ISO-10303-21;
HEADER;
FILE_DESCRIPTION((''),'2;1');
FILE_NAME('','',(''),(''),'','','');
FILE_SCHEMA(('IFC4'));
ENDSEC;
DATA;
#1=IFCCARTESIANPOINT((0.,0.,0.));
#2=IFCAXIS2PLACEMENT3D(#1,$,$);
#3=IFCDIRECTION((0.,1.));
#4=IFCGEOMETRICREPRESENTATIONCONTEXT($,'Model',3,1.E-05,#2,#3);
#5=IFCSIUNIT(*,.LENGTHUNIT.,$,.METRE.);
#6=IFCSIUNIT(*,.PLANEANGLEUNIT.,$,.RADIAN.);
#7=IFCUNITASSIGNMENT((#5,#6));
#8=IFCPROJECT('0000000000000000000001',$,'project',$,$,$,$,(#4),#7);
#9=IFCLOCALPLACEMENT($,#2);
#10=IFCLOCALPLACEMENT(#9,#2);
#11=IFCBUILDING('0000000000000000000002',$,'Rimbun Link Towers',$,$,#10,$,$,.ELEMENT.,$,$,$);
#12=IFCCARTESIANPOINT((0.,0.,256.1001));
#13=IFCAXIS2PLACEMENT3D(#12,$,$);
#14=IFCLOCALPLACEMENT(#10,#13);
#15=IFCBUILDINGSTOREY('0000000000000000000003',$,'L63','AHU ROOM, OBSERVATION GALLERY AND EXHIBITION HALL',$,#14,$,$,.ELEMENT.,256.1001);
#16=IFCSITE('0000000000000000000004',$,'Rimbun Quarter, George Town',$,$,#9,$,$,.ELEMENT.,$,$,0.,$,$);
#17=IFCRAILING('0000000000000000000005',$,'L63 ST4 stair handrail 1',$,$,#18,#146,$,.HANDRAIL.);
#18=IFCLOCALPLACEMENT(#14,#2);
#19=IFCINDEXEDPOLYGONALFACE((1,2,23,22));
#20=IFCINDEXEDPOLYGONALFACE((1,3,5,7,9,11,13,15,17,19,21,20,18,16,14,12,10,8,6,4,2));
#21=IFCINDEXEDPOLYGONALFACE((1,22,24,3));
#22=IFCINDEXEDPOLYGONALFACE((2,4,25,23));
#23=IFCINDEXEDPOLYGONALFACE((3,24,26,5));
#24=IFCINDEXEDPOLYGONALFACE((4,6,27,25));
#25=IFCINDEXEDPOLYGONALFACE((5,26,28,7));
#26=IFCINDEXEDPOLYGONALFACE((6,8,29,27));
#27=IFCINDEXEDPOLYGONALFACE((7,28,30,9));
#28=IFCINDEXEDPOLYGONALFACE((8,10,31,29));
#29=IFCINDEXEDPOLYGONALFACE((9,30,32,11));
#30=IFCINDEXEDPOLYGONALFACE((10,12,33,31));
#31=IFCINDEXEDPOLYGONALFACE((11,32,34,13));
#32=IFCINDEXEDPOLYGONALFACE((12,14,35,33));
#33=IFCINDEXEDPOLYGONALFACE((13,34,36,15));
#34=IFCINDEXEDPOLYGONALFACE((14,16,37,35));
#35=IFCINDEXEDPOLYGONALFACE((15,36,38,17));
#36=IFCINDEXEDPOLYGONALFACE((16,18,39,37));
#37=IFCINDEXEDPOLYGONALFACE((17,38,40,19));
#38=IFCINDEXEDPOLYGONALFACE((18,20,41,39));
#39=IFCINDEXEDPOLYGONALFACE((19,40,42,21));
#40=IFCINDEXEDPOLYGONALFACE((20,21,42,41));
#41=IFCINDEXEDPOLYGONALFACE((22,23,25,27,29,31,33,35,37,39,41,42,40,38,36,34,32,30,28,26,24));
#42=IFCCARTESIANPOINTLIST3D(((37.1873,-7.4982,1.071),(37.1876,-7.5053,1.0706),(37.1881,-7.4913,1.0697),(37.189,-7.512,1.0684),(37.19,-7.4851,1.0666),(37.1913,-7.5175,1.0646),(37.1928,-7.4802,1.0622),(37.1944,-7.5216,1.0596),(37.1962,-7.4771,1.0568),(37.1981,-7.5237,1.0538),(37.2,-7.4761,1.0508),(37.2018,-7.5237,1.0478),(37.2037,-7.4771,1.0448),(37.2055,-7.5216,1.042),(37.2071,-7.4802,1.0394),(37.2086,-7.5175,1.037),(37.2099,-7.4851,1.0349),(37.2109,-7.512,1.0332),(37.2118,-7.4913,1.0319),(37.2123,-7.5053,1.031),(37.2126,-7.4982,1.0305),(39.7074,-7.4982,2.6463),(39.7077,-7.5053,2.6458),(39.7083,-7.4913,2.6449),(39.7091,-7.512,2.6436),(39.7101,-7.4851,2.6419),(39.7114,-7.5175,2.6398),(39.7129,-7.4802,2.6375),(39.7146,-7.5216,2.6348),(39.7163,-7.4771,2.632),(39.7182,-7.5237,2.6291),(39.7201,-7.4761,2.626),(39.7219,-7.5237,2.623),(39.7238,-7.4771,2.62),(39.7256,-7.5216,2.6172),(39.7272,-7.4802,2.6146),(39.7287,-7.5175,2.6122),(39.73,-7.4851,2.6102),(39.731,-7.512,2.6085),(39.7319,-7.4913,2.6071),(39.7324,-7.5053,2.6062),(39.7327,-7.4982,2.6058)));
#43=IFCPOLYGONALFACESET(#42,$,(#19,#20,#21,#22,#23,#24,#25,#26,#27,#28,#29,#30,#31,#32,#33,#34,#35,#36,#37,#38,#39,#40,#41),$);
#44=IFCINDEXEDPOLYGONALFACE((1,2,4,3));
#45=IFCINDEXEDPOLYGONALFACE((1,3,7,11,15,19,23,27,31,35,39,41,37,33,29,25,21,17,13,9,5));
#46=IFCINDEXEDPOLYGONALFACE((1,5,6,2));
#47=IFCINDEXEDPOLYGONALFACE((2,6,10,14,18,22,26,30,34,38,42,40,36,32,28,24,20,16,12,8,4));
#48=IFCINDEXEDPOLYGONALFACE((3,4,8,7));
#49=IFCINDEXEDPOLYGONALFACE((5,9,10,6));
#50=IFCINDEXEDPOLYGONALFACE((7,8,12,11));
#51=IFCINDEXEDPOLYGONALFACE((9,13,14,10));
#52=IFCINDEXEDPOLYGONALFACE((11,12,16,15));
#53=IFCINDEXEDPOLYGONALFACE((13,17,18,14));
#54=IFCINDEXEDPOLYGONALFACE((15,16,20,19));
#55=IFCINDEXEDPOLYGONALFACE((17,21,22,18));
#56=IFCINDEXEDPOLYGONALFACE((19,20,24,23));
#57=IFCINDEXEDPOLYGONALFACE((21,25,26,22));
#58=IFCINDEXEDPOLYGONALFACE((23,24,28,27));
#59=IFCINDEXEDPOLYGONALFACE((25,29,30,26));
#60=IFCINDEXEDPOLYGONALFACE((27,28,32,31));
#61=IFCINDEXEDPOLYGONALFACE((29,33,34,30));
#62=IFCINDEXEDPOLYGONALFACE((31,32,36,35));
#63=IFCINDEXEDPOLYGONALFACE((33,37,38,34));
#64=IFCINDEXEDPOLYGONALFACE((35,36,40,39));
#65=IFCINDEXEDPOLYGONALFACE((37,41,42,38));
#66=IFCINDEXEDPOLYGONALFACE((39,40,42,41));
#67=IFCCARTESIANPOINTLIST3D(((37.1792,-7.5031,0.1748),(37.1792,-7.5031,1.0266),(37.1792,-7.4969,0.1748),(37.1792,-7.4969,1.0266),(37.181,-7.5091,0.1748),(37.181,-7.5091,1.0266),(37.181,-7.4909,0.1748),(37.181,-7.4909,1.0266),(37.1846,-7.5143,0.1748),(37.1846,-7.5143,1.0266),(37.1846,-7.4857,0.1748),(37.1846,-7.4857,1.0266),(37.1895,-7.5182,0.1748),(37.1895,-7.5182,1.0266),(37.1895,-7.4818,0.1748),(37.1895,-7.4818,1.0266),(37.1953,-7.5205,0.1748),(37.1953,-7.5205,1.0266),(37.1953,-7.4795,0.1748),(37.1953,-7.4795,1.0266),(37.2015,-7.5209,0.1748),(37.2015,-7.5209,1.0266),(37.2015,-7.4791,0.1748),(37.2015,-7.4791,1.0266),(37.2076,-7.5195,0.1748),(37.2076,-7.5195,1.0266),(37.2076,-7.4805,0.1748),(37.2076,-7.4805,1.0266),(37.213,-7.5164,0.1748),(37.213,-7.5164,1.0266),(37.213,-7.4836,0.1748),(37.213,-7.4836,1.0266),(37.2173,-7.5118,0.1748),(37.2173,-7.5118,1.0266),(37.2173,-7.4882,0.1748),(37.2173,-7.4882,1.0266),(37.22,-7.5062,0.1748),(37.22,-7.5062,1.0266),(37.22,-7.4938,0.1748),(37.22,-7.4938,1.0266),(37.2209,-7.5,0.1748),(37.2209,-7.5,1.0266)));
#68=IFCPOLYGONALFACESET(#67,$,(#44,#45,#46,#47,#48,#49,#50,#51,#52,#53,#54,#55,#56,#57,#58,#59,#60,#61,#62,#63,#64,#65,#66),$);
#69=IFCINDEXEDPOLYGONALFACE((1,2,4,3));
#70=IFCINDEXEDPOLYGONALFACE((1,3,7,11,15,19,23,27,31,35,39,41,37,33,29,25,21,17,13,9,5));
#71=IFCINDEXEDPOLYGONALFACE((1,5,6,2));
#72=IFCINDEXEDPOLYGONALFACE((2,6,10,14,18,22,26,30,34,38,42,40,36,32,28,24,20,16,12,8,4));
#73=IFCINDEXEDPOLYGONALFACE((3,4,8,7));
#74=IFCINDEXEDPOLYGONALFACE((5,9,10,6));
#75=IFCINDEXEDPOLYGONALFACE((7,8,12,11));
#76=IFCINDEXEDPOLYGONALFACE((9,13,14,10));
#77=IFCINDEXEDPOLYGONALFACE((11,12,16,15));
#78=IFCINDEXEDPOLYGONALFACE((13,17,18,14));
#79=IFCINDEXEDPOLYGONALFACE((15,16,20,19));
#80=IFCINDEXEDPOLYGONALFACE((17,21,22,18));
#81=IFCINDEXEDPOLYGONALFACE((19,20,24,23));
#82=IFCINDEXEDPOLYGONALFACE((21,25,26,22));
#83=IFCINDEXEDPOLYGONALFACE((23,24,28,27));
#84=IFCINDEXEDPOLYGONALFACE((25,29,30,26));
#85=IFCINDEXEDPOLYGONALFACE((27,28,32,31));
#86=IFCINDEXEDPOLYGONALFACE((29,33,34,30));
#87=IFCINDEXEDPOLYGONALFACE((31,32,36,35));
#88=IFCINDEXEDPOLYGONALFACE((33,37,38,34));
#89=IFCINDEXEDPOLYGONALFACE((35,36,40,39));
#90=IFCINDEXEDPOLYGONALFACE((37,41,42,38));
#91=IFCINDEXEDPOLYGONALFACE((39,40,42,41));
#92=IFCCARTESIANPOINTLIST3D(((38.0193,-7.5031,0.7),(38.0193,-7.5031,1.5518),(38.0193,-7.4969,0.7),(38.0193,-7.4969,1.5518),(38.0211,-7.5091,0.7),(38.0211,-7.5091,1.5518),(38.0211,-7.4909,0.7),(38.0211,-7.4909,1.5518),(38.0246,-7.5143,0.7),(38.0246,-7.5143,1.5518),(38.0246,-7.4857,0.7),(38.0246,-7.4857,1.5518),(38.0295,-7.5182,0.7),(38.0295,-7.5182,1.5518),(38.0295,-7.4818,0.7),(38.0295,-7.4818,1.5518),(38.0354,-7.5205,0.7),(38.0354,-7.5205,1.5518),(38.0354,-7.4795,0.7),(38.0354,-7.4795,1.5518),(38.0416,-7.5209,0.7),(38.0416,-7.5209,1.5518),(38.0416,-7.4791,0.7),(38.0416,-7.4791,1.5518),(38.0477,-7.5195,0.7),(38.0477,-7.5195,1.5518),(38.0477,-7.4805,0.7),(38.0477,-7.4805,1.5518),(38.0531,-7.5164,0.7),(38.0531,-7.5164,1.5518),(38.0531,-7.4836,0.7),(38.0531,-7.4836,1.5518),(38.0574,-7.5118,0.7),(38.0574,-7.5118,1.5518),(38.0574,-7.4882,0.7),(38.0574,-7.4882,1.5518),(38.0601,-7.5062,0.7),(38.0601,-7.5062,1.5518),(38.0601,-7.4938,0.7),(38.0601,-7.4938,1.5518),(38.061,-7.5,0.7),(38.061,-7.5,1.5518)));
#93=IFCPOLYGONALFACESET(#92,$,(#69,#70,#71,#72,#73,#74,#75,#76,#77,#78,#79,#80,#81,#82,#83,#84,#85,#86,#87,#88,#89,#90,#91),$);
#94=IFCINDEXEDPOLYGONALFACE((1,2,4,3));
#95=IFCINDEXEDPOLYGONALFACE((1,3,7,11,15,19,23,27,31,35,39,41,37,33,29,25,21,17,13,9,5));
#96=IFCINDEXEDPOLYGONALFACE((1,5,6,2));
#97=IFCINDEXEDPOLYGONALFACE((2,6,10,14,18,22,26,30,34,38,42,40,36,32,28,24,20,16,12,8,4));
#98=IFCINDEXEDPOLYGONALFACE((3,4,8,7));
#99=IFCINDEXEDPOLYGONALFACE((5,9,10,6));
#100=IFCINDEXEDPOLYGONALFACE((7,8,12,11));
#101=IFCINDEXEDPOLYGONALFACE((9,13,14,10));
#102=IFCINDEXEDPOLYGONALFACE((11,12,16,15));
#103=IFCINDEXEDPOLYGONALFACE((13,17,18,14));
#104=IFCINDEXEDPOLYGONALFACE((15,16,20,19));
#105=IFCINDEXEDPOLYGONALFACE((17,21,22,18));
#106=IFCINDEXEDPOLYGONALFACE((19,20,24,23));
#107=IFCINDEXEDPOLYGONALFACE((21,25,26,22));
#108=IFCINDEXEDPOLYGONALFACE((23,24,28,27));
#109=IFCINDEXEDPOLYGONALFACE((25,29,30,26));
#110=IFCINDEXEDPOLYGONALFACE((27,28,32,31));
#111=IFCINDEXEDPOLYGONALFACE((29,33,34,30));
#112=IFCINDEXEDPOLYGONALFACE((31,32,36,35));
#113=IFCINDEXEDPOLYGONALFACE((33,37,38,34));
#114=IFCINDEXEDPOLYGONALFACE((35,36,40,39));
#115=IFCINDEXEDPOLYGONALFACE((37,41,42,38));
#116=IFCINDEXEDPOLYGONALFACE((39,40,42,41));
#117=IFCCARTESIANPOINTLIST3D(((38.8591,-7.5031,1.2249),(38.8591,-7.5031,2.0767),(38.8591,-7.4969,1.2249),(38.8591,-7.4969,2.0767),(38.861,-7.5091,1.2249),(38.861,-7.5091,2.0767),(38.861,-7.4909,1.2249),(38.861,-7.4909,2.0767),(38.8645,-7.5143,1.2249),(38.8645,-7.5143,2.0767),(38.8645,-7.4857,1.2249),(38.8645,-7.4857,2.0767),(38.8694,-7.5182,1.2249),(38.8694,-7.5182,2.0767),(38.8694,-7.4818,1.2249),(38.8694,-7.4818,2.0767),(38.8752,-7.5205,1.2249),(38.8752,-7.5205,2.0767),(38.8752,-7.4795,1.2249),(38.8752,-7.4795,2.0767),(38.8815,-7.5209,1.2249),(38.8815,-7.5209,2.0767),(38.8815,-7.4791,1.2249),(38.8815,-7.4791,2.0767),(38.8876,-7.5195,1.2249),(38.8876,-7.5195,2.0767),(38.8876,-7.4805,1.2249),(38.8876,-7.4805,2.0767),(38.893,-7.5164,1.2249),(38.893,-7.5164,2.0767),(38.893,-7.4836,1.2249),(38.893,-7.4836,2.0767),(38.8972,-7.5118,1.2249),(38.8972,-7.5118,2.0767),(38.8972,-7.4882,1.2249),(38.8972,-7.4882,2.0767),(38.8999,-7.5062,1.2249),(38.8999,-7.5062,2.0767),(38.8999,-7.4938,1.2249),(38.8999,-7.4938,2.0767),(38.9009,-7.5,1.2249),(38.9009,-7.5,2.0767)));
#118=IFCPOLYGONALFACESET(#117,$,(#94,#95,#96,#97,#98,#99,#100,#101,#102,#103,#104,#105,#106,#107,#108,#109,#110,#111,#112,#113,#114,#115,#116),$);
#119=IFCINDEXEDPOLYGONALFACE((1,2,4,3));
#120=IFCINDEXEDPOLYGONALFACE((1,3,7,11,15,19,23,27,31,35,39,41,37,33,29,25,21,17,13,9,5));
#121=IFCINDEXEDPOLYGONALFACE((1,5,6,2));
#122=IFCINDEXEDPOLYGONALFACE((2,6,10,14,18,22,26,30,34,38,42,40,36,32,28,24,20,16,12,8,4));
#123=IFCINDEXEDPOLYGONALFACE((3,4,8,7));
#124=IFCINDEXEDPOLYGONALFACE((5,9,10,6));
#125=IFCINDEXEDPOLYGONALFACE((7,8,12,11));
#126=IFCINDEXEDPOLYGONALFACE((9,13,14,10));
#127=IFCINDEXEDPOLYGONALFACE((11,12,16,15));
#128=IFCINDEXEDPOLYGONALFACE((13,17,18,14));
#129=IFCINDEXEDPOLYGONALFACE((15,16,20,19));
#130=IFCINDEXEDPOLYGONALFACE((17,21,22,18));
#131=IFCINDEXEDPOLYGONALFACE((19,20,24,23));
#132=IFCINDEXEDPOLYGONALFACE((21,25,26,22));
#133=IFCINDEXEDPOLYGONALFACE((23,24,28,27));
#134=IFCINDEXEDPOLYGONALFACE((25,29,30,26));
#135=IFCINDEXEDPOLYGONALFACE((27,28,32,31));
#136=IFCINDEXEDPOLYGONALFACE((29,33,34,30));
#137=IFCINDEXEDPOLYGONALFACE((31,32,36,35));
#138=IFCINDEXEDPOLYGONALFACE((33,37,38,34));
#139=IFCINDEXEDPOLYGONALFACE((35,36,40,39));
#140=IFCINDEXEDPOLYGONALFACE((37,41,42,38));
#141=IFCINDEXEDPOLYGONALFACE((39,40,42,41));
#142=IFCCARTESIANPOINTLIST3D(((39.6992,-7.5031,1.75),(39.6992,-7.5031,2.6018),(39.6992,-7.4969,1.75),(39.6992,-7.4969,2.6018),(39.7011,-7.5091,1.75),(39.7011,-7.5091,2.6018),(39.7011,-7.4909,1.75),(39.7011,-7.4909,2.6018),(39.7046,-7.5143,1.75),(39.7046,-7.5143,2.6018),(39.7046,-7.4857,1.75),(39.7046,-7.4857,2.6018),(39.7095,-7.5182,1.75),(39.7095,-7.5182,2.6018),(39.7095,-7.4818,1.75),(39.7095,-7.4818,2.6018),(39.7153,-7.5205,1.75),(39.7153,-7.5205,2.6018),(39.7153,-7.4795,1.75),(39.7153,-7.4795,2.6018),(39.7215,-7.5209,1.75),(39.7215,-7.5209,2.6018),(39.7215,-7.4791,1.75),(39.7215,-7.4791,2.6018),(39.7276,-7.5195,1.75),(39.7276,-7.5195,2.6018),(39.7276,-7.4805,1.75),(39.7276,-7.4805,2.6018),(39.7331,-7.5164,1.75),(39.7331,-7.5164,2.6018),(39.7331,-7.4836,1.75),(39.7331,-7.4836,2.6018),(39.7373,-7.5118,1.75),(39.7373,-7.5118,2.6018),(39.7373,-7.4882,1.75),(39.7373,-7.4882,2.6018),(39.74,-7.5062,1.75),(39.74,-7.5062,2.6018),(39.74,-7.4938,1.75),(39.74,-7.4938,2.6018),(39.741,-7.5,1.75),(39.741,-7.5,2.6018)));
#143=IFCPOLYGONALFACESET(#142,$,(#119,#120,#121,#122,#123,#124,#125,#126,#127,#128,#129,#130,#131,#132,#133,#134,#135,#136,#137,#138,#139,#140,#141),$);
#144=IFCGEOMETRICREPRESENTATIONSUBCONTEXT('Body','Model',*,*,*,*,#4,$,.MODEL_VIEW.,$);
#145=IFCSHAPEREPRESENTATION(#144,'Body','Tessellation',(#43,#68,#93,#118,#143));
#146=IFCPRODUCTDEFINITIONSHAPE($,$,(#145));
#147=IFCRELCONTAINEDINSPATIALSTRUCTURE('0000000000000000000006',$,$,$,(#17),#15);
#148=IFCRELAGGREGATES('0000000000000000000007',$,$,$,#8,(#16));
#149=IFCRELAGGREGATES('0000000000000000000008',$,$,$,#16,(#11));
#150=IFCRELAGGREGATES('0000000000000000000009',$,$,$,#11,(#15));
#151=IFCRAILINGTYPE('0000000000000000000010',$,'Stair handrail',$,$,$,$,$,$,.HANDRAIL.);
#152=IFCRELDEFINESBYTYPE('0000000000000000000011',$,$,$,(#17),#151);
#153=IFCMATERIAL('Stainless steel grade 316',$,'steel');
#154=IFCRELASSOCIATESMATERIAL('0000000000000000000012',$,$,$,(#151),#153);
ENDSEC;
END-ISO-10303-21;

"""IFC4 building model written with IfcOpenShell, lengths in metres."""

from ifc_helpers import new_model, si_unit, direction, frame, origin, origin_2d, place, context, subcontext, project, spatial, circle, extrude, material, type_object, element, save


model = new_model("IFC4")

# Units and contexts
model_context = context("Model", 3, precision=1e-05, world=origin(), true_north=direction((0.0, 1.0)))
body_context = subcontext(model_context, "Body", "Model", "MODEL_VIEW")
ifc_project = project(units=[si_unit("LENGTHUNIT", "METRE"), si_unit("PLANEANGLEUNIT", "RADIAN")], contexts=[model_context])

# Site, building, storey
site_placement = place(None, origin())
site = spatial("IfcSite", under=ifc_project, at=site_placement, Name="Rimbun Quarter, George Town", CompositionType="ELEMENT", RefElevation=0.0)
building_placement = place(site_placement, origin())
building = spatial("IfcBuilding", under=site, at=building_placement, Name="Rimbun Link Towers", CompositionType="ELEMENT")
storey_placement = place(building_placement, frame((0.0, 0.0, 256.1001)))
storey = spatial("IfcBuildingStorey", under=building, at=storey_placement, Name="L63", Description="AHU ROOM, OBSERVATION GALLERY AND EXHIBITION HALL", CompositionType="ELEMENT", Elevation=256.1001)

# Railing
ifc_material_1 = material(Name="Stainless steel grade 316", Category="steel")
railing_type_1 = type_object("IfcRailingType", Name="Stair handrail", PredefinedType="HANDRAIL", material=ifc_material_1)
for number, where, name in (
    (1, (37.2, -7.5, 0.1748), "L63 ST4 stair handrail 1"),
):
    element("IfcRailing", number, at=place(storey_placement, frame(where)), inside=storey, type_object=railing_type_1, Name=name, PredefinedType="HANDRAIL", context=body_context, shape_type="SweptSolid", body=[
        extrude(circle(Radius=0.0239, at=origin_2d()), frame((0.0, 0.0, 0.876), z_axis=(0.847971, 0.0, 0.530043), x_axis=(0.0, 1.0, 0.0)), (0.0, 0.0, 1.0), 2.9719),
        extrude(circle(Radius=0.021, at=origin_2d()), origin(), (0.0, 0.0, 1.0), 0.8518),
        extrude(circle(Radius=0.021, at=origin_2d()), frame((0.8401, 0.0, 0.5251)), (0.0, 0.0, 1.0), 0.8518),
        extrude(circle(Radius=0.021, at=origin_2d()), frame((1.6799, 0.0, 1.05)), (0.0, 0.0, 1.0), 0.8518),
        extrude(circle(Radius=0.021, at=origin_2d()), frame((2.52, 0.0, 1.5752)), (0.0, 0.0, 1.0), 0.8518),
    ])

save(model, "model.ifc")
